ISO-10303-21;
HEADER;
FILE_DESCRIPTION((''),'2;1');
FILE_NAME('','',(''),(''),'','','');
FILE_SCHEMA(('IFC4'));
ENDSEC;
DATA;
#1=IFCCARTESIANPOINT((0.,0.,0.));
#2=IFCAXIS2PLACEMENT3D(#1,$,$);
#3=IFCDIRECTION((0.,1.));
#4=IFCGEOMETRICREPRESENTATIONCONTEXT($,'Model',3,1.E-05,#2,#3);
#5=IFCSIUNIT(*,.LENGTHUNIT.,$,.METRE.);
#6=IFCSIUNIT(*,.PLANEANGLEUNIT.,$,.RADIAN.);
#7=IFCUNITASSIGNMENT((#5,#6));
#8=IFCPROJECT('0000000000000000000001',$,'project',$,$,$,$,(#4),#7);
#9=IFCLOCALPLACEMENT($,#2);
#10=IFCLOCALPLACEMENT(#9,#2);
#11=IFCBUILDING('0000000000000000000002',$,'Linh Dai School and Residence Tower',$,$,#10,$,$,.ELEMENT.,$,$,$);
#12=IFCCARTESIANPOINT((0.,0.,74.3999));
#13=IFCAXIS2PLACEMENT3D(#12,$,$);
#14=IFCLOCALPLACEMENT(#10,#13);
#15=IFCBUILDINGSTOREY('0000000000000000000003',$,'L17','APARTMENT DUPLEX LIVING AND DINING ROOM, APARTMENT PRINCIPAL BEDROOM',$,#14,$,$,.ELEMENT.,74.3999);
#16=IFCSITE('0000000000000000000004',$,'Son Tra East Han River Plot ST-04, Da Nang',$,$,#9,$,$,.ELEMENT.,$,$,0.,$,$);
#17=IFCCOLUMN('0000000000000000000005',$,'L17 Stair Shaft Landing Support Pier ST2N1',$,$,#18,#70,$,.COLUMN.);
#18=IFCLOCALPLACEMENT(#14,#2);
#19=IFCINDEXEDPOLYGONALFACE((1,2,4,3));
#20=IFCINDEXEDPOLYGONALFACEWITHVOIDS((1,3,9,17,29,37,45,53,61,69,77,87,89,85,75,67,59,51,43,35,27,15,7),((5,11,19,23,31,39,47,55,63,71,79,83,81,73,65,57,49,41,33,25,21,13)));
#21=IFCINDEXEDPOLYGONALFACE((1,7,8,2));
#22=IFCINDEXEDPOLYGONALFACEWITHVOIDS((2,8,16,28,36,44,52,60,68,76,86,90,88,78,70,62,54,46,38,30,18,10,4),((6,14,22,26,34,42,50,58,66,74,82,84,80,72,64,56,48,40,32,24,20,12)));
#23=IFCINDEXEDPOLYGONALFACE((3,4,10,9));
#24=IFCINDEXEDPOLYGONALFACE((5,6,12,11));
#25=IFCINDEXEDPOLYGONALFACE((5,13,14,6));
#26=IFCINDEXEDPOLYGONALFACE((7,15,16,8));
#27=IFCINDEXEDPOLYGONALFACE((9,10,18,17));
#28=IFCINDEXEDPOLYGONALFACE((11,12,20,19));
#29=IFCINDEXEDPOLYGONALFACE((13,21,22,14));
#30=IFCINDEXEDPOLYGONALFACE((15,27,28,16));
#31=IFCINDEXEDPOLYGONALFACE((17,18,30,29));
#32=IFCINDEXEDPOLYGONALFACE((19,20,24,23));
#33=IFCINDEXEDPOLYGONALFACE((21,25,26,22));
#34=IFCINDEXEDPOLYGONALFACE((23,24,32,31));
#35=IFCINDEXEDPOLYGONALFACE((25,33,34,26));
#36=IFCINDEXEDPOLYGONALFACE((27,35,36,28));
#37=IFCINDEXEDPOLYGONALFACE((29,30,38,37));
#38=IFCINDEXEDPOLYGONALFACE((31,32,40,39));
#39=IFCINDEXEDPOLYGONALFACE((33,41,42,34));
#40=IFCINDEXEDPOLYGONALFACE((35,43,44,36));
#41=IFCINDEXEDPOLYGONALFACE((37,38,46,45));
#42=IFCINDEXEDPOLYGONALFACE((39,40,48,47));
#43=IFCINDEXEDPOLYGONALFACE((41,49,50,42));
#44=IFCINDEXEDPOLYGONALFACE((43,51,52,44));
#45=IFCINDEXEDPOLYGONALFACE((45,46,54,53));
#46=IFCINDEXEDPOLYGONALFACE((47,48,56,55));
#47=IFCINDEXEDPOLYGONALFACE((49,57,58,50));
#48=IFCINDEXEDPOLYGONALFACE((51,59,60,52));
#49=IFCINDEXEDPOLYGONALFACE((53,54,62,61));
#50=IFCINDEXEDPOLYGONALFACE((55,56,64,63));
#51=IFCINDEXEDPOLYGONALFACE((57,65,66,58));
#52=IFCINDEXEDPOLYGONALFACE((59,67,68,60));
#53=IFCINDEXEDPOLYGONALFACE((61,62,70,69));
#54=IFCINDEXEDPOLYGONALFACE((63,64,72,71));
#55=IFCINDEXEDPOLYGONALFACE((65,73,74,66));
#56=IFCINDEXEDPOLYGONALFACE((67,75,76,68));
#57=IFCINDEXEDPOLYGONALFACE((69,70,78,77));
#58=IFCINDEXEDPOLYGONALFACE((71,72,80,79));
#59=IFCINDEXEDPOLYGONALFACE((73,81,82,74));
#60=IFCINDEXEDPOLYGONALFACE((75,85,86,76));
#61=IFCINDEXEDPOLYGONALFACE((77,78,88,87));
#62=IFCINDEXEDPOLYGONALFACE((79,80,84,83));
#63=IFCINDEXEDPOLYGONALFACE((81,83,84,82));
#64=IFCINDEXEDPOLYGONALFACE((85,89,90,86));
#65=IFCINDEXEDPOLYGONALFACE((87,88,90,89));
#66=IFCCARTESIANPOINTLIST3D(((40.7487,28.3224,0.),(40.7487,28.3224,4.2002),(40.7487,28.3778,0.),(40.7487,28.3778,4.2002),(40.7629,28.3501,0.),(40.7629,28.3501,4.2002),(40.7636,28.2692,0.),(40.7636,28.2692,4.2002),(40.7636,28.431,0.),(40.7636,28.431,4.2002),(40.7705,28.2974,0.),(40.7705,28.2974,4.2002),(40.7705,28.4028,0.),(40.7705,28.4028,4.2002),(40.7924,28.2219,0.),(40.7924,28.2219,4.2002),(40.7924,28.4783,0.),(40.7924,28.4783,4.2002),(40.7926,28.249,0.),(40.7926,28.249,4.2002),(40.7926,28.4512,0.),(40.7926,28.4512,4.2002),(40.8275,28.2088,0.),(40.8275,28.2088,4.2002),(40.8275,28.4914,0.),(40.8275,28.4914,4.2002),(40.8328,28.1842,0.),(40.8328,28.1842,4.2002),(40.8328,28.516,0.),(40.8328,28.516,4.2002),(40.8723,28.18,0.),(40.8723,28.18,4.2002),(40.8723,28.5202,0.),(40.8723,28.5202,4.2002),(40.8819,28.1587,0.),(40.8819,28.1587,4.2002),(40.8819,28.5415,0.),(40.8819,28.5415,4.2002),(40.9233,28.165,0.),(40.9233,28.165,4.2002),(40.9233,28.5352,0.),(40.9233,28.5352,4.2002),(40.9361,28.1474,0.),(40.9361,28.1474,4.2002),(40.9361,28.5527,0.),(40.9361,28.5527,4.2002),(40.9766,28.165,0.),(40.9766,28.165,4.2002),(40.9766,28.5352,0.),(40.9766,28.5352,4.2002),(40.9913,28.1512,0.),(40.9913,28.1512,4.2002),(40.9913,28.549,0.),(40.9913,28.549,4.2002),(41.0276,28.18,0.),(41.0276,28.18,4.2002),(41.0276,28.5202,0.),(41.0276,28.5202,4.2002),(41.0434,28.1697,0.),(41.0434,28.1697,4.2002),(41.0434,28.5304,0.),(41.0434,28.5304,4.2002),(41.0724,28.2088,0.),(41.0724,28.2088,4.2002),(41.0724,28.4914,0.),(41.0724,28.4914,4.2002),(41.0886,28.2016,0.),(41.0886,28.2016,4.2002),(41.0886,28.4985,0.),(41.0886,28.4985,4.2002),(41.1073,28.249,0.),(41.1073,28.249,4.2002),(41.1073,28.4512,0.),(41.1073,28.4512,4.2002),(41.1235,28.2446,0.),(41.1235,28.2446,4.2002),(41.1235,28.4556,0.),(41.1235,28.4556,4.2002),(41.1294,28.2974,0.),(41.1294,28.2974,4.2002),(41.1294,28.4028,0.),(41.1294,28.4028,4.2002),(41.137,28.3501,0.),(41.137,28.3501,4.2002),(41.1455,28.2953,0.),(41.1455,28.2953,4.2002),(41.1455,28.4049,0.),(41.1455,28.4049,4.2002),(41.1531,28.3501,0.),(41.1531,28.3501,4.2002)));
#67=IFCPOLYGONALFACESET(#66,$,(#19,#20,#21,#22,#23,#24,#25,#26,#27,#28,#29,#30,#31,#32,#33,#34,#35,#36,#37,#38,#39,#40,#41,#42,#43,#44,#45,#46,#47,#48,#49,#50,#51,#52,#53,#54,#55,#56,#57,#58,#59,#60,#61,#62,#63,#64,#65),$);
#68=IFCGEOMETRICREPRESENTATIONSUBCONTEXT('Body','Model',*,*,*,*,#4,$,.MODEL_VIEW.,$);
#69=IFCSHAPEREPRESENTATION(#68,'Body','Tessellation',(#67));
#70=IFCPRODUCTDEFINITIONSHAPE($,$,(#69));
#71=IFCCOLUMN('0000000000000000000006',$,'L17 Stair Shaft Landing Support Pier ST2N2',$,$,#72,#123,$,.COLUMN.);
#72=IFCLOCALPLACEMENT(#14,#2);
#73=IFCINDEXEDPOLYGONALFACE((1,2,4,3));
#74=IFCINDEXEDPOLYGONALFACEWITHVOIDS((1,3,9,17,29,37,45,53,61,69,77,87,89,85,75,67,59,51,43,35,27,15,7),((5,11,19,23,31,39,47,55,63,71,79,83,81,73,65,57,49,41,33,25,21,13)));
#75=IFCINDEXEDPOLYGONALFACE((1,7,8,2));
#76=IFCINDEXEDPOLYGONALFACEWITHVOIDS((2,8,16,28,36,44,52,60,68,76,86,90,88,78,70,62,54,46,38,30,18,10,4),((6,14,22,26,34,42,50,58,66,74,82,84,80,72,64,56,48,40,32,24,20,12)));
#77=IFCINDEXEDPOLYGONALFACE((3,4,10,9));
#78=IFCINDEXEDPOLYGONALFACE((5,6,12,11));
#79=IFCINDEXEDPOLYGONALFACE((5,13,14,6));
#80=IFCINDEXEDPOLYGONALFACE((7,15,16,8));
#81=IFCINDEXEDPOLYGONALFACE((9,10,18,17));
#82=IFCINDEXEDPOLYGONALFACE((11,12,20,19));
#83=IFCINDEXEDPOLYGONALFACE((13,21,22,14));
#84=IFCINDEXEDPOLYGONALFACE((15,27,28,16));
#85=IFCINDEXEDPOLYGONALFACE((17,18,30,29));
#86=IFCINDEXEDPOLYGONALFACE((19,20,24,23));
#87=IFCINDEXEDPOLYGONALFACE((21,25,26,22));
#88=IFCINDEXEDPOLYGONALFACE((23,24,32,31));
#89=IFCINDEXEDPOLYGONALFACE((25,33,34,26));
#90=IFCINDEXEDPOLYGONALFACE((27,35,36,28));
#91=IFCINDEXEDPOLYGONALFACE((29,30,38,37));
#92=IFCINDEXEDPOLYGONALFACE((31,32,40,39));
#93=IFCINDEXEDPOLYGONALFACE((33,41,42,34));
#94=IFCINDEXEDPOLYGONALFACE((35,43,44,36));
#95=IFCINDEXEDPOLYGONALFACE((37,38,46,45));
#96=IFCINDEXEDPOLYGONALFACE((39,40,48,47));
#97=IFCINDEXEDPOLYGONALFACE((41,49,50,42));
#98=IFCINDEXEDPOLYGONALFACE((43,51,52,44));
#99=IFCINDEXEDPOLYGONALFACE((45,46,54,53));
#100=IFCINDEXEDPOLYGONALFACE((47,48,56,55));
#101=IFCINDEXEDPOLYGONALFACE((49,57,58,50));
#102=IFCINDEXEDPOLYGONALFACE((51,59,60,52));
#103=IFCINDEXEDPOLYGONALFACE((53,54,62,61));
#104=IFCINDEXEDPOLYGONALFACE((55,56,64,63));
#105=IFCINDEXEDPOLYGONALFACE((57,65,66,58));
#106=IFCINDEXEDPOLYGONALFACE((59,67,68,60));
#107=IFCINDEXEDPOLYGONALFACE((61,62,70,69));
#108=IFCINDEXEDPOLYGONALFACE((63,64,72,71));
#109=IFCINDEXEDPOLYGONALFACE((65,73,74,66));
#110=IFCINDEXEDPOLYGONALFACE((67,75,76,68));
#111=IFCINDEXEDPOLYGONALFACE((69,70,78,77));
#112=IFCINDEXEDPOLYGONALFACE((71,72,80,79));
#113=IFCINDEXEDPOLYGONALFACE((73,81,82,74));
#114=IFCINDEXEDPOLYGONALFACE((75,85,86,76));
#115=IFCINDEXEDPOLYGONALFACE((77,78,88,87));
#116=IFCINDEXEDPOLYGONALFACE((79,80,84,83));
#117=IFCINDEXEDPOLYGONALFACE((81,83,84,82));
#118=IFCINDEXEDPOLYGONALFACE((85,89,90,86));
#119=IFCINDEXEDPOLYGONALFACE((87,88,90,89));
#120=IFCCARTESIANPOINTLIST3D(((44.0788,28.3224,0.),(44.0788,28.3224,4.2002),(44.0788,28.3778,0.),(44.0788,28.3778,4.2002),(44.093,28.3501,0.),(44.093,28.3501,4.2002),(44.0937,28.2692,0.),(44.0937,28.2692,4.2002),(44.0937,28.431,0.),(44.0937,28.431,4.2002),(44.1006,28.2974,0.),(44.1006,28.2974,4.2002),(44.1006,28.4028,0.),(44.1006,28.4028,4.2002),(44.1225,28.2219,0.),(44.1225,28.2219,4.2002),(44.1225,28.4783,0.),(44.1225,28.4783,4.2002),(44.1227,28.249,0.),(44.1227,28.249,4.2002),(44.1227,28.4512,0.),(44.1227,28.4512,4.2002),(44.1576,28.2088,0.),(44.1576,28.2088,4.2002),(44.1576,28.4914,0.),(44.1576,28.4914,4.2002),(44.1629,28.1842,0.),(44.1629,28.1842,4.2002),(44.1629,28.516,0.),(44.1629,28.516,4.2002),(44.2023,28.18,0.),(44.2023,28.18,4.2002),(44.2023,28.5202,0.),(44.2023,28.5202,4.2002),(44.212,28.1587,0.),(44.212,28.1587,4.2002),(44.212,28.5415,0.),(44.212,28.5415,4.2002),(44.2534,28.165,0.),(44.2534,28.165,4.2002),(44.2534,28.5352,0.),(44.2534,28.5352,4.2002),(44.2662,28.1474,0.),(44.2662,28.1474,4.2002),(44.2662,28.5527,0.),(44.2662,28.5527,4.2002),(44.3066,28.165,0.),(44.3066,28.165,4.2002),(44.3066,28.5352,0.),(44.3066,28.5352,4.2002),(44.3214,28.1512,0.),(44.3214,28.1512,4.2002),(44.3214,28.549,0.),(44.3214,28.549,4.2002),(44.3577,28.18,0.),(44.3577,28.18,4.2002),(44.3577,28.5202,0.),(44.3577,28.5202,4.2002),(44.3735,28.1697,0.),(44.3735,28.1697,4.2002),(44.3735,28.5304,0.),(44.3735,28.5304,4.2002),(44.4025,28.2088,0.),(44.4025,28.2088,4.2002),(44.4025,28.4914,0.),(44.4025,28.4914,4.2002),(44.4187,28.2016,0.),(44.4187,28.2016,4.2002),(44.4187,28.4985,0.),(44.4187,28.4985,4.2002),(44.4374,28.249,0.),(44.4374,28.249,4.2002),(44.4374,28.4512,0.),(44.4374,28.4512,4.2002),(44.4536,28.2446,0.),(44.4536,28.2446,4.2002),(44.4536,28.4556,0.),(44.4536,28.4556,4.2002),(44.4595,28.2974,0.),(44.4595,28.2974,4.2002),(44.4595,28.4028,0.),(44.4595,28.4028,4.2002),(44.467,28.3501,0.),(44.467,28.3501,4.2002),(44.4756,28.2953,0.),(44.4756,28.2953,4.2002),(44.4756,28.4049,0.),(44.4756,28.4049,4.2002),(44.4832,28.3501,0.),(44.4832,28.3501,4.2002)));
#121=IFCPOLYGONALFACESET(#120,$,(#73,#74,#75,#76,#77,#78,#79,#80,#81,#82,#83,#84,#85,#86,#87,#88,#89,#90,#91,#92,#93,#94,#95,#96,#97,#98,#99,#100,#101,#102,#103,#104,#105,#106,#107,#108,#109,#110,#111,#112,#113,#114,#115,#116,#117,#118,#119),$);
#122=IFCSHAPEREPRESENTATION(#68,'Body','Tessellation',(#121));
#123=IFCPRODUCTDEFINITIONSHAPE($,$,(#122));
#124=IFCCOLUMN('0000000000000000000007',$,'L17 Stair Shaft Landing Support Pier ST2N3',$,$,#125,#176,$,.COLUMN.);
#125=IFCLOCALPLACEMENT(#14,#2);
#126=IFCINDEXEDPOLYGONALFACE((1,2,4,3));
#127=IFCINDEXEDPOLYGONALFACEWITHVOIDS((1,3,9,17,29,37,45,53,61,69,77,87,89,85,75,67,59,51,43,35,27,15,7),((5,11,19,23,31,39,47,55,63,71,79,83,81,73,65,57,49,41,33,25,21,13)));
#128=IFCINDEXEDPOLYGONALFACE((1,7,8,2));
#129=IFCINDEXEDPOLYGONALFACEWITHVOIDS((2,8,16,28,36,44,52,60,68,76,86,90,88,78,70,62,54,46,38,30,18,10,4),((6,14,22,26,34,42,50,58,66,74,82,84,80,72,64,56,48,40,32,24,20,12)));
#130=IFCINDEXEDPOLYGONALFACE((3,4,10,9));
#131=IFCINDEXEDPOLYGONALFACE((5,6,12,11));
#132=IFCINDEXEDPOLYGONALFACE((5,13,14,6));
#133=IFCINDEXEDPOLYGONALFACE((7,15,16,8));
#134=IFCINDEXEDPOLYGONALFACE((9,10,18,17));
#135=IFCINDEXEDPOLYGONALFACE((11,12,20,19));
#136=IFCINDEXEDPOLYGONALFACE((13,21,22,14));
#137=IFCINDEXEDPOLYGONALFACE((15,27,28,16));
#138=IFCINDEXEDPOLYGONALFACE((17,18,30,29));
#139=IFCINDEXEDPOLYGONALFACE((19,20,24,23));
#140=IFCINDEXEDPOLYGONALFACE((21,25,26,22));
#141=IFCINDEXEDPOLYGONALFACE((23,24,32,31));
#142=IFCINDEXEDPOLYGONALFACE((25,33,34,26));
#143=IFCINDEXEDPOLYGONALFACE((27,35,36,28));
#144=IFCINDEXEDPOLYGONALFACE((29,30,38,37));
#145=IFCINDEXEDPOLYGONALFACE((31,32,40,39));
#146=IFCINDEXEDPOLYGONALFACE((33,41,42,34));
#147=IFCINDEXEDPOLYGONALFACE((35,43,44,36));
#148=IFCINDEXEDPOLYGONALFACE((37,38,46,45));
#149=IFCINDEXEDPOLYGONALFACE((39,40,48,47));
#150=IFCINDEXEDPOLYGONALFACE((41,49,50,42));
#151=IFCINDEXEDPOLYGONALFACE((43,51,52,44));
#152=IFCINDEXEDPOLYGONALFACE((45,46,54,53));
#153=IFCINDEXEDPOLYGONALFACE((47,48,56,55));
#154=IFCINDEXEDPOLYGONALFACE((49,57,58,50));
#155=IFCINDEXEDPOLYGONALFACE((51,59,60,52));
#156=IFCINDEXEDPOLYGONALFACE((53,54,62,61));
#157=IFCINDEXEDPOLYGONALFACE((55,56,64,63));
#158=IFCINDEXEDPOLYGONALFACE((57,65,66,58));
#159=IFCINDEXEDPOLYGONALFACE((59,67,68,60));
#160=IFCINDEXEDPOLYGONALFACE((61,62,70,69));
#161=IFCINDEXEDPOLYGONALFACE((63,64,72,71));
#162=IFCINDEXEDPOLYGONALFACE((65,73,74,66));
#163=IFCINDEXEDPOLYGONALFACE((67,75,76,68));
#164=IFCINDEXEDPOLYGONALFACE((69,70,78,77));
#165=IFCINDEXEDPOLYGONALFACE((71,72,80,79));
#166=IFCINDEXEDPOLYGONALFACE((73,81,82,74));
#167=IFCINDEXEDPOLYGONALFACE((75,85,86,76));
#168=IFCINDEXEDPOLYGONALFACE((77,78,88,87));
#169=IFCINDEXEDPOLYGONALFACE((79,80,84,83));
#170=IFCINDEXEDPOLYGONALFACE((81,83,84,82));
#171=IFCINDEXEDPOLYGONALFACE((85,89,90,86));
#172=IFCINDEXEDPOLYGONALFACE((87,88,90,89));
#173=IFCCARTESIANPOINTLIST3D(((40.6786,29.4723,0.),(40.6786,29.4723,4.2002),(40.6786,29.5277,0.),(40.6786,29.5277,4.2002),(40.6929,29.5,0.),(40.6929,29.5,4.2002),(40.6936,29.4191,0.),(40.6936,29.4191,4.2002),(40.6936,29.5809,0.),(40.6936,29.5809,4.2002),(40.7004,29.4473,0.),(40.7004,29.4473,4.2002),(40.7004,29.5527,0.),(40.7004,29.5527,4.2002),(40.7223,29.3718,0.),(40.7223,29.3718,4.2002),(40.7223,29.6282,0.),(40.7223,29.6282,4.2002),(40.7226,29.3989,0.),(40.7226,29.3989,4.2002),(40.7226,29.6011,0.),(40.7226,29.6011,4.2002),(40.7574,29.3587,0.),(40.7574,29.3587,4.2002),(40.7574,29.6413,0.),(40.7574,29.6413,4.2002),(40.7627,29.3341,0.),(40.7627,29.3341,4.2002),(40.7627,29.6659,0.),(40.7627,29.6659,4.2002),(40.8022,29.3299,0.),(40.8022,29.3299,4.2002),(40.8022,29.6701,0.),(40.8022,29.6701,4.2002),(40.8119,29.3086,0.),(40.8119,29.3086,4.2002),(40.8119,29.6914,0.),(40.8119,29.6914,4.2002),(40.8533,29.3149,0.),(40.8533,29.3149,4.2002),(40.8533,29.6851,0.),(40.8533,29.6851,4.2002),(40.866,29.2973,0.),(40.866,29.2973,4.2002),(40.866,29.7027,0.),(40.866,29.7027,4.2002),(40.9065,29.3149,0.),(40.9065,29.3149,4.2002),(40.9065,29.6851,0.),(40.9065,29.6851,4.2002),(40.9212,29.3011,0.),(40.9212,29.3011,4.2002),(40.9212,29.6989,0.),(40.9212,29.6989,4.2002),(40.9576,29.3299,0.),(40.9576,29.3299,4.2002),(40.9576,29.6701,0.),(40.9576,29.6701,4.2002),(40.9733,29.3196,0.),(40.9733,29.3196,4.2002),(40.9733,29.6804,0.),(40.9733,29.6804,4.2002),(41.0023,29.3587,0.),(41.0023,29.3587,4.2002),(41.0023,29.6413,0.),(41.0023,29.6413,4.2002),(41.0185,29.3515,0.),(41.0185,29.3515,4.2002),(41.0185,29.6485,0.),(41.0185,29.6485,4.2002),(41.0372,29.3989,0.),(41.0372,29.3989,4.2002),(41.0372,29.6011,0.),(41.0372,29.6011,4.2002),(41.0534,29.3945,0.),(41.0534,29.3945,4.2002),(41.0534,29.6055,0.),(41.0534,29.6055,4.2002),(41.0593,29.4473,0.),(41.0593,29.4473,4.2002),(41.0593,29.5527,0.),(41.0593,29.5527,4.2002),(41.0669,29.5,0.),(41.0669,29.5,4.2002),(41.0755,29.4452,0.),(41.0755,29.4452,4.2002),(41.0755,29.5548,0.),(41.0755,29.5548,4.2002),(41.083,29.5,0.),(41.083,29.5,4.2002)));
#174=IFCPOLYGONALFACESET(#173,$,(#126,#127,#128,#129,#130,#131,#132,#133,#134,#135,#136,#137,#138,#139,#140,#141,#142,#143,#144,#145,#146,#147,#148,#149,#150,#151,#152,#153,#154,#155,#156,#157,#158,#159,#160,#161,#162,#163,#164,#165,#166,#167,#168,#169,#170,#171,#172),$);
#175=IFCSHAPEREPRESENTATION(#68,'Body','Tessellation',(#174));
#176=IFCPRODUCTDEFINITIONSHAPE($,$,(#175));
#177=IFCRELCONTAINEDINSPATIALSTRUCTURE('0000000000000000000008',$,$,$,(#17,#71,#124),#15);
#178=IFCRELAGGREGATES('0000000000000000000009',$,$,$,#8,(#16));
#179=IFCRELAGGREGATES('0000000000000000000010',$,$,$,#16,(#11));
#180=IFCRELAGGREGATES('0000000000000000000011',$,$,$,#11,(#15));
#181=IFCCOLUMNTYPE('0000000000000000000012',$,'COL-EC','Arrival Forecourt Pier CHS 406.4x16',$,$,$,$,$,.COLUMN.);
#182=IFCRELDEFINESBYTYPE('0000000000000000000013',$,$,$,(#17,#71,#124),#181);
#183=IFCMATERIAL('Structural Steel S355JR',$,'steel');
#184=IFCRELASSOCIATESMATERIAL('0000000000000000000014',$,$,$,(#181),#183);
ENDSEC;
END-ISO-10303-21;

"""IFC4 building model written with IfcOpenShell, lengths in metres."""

from ifc_helpers import new_model, si_unit, direction, frame, origin, origin_2d, place, context, subcontext, project, spatial, hollow_circle, extrude, material, material_profile, profile_set, type_object, element, save


model = new_model("IFC4")

# Units and contexts
model_context = context("Model", 3, precision=1e-05, world=origin(), true_north=direction((0.0, 1.0)))
body_context = subcontext(model_context, "Body", "Model", "MODEL_VIEW")
ifc_project = project(units=[si_unit("LENGTHUNIT", "METRE"), si_unit("PLANEANGLEUNIT", "RADIAN")], contexts=[model_context])

# Site, building, storey
site_placement = place(None, origin())
site = spatial("IfcSite", under=ifc_project, at=site_placement, Name="Son Tra East Han River Plot ST-04, Da Nang", CompositionType="ELEMENT", RefElevation=0.0)
building_placement = place(site_placement, origin())
building = spatial("IfcBuilding", under=site, at=building_placement, Name="Linh Dai School and Residence Tower", CompositionType="ELEMENT")
storey_placement = place(building_placement, frame((0.0, 0.0, 74.3999)))
storey = spatial("IfcBuildingStorey", under=building, at=storey_placement, Name="L17", Description="APARTMENT DUPLEX LIVING AND DINING ROOM, APARTMENT PRINCIPAL BEDROOM", CompositionType="ELEMENT", Elevation=74.3999)

# Columns
ifc_material_1 = material(Name="Structural Steel S355JR", Category="steel")
ifc_material_profile_1 = material_profile(ifc_material_1, hollow_circle(Radius=0.2031, WallThickness=0.0161, at=origin_2d()), Name="CHS 406.4x16")
ifc_profile_set_1 = profile_set([ifc_material_profile_1], Name="Structural Steel S355JR")
column_type_1 = type_object("IfcColumnType", Name="COL-EC", Description="Arrival Forecourt Pier CHS 406.4x16", PredefinedType="COLUMN", material=ifc_profile_set_1)
for number, where, z_axis, x_axis, name in (
    (1, (40.95, 28.3501, 0.0), (0.0, 0.0, 1.0), (1.0, 0.0, 0.0), "L17 Stair Shaft Landing Support Pier ST2N1"),
    (2, (44.28, 28.3501, 0.0), (0.0, 0.0, 1.0), (1.0, 0.0, 0.0), "L17 Stair Shaft Landing Support Pier ST2N2"),
    (3, (40.8799, 29.5, 0.0), (0.0, 0.0, 1.0), (1.0, 0.0, 0.0), "L17 Stair Shaft Landing Support Pier ST2N3"),
):
    element("IfcColumn", number, at=place(storey_placement, frame(where, z_axis=z_axis, x_axis=x_axis)), inside=storey, type_object=column_type_1, Name=name, PredefinedType="COLUMN", context=body_context, shape_type="SweptSolid", body=[
        extrude(hollow_circle(Radius=0.2031, WallThickness=0.0161, at=origin_2d()), origin(), (0.0, 0.0, 1.0), 4.2002),
    ])

save(model, "model.ifc")
